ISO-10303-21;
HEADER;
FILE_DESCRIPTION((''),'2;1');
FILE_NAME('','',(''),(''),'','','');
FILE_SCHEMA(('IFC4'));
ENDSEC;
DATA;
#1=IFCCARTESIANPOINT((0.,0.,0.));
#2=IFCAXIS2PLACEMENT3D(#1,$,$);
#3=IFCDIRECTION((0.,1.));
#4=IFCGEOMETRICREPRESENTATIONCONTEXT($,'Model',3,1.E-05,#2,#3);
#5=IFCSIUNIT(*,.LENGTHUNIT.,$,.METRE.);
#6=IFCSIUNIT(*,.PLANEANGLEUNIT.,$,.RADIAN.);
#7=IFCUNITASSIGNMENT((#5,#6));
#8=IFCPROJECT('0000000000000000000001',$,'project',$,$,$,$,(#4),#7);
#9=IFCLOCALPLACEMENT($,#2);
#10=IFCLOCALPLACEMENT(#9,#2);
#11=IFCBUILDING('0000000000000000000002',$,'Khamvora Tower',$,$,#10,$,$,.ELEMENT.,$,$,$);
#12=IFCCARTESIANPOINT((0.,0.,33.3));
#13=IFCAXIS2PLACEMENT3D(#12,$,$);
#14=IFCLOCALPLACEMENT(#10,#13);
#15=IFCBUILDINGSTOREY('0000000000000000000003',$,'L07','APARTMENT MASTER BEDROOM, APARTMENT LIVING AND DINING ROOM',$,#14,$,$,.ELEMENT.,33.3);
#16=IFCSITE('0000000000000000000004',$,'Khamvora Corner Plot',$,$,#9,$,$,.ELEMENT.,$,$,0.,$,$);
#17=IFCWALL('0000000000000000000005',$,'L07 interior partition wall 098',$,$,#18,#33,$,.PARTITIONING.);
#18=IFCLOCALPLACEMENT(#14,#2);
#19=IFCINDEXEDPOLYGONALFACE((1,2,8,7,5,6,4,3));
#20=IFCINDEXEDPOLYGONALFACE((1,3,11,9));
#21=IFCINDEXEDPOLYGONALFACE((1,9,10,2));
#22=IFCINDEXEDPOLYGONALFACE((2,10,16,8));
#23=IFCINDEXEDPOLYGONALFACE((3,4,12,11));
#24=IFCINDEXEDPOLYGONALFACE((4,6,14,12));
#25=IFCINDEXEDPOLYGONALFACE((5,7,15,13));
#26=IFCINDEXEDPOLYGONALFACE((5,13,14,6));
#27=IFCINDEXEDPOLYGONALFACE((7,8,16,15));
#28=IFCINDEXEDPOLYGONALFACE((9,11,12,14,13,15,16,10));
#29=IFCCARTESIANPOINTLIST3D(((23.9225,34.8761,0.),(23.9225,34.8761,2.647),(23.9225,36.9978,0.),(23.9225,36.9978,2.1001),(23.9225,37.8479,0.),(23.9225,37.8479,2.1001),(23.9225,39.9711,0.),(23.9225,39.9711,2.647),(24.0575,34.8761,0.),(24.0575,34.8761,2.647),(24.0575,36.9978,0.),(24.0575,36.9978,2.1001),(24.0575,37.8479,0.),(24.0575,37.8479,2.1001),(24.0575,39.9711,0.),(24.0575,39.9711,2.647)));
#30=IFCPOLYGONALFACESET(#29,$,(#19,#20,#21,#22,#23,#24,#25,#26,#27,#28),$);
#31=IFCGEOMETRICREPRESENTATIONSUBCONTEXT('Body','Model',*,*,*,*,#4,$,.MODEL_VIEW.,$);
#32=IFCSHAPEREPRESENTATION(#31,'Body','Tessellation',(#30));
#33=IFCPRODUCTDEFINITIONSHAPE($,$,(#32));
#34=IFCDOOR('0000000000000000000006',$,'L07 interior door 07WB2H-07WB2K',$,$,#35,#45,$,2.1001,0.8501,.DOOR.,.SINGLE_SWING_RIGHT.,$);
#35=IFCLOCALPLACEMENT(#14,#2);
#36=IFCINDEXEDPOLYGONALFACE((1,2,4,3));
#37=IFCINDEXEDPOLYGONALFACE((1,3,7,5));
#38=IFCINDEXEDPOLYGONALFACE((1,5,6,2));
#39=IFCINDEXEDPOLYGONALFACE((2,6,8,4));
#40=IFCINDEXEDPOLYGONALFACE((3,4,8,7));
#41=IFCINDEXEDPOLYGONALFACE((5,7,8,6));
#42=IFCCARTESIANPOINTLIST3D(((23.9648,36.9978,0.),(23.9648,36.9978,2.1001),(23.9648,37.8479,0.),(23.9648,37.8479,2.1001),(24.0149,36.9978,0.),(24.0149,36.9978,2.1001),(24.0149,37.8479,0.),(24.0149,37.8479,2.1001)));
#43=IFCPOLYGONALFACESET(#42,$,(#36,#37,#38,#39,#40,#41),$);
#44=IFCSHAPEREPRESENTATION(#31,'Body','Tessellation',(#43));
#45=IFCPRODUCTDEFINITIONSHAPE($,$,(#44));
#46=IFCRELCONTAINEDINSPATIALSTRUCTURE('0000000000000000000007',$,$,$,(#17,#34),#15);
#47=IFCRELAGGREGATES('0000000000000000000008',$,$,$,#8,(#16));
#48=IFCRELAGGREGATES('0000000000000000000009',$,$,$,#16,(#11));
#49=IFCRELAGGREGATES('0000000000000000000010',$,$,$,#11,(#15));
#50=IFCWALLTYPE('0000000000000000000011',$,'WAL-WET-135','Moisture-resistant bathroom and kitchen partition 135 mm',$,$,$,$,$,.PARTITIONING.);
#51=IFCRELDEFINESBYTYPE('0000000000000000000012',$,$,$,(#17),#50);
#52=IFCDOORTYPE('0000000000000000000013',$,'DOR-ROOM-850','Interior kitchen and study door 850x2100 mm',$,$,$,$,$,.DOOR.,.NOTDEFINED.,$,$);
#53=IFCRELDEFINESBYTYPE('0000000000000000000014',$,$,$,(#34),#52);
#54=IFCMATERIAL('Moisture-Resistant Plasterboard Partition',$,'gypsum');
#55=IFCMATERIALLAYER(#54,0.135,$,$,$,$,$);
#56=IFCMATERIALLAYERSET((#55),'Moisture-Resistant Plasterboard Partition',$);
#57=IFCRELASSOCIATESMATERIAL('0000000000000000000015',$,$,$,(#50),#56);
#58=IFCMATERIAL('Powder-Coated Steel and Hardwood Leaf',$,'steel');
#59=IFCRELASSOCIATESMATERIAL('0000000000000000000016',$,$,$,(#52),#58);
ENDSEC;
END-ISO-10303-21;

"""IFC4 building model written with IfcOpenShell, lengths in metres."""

from ifc_helpers import new_model, si_unit, direction, frame, frame_2d, origin, place, context, subcontext, project, spatial, rectangle, extrude, material, layer, layer_set, type_object, element, fill, save


model = new_model("IFC4")

# Units and contexts
model_context = context("Model", 3, precision=1e-05, world=origin(), true_north=direction((0.0, 1.0)))
body_context = subcontext(model_context, "Body", "Model", "MODEL_VIEW")
ifc_project = project(units=[si_unit("LENGTHUNIT", "METRE"), si_unit("PLANEANGLEUNIT", "RADIAN")], contexts=[model_context])

# Site, building, storey
site_placement = place(None, origin())
site = spatial("IfcSite", under=ifc_project, at=site_placement, Name="Khamvora Corner Plot", CompositionType="ELEMENT", RefElevation=0.0)
building_placement = place(site_placement, origin())
building = spatial("IfcBuilding", under=site, at=building_placement, Name="Khamvora Tower", CompositionType="ELEMENT")
storey_placement = place(building_placement, frame((0.0, 0.0, 33.3)))
storey = spatial("IfcBuildingStorey", under=building, at=storey_placement, Name="L07", Description="APARTMENT MASTER BEDROOM, APARTMENT LIVING AND DINING ROOM", CompositionType="ELEMENT", Elevation=33.3)

# Shared definitions
ifc_material_1 = material(Name="Powder-Coated Steel and Hardwood Leaf", Category="steel")

# Shared definitions
ifc_material_2 = material(Name="Moisture-Resistant Plasterboard Partition", Category="gypsum")
ifc_layer_1 = layer(ifc_material_2, 0.135)
ifc_layer_set_1 = layer_set([ifc_layer_1], Name="Moisture-Resistant Plasterboard Partition")
wall_type_1 = type_object("IfcWallType", Name="WAL-WET-135", Description="Moisture-resistant bathroom and kitchen partition 135 mm", PredefinedType="PARTITIONING", material=ifc_layer_set_1)

# Wall, opening, door
wall_1_placement = place(storey_placement, frame((23.99, 39.9709, 0.0), z_axis=(0.0, 0.0, 1.0), x_axis=(0.0, -1.0, 0.0)))
wall_1 = element("IfcWall", 1, at=wall_1_placement, inside=storey, type_object=wall_type_1, Name="L07 interior partition wall 098", PredefinedType="PARTITIONING", context=body_context, shape_type="SweptSolid", body=[
    extrude(rectangle(XDim=5.095, YDim=0.135, at=frame_2d((2.5474, 0.0))), origin(), (0.0, 0.0, 1.0), 2.647),
])
opening_1_placement = place(wall_1_placement, frame((2.123, 0.0, 0.0)))
opening_1 = element("IfcOpeningElement", 2, at=opening_1_placement, cuts=wall_1, PredefinedType="OPENING", context=body_context, shape_type="SweptSolid", body=[
    extrude(rectangle(XDim=0.8501, YDim=2.1001, at=frame_2d((0.425, 1.05))), frame((0.0, 0.0774, 0.0), z_axis=(0.0, -1.0, 0.0), x_axis=(1.0, 0.0, 0.0)), (0.0, 0.0, 1.0), 0.155),
])
door_type_1 = type_object("IfcDoorType", Name="DOR-ROOM-850", Description="Interior kitchen and study door 850x2100 mm", OperationType="NOTDEFINED", PredefinedType="DOOR", material=ifc_material_1)
door_1_placement = place(opening_1_placement, origin())
door_1 = element("IfcDoor", 3, at=door_1_placement, inside=storey, type_object=door_type_1, Name="L07 interior door 07WB2H-07WB2K", OperationType="SINGLE_SWING_RIGHT", OverallHeight=2.1001, OverallWidth=0.8501, PredefinedType="DOOR", context=body_context, shape_type="SweptSolid", body=[
    extrude(rectangle(XDim=0.8501, YDim=2.1001, at=frame_2d((0.425, 1.05))), frame((0.0, 0.0249, 0.0), z_axis=(0.0, -1.0, 0.0), x_axis=(1.0, 0.0, 0.0)), (0.0, 0.0, 1.0), 0.05),
])
fill(opening_1, door_1)

save(model, "model.ifc")
